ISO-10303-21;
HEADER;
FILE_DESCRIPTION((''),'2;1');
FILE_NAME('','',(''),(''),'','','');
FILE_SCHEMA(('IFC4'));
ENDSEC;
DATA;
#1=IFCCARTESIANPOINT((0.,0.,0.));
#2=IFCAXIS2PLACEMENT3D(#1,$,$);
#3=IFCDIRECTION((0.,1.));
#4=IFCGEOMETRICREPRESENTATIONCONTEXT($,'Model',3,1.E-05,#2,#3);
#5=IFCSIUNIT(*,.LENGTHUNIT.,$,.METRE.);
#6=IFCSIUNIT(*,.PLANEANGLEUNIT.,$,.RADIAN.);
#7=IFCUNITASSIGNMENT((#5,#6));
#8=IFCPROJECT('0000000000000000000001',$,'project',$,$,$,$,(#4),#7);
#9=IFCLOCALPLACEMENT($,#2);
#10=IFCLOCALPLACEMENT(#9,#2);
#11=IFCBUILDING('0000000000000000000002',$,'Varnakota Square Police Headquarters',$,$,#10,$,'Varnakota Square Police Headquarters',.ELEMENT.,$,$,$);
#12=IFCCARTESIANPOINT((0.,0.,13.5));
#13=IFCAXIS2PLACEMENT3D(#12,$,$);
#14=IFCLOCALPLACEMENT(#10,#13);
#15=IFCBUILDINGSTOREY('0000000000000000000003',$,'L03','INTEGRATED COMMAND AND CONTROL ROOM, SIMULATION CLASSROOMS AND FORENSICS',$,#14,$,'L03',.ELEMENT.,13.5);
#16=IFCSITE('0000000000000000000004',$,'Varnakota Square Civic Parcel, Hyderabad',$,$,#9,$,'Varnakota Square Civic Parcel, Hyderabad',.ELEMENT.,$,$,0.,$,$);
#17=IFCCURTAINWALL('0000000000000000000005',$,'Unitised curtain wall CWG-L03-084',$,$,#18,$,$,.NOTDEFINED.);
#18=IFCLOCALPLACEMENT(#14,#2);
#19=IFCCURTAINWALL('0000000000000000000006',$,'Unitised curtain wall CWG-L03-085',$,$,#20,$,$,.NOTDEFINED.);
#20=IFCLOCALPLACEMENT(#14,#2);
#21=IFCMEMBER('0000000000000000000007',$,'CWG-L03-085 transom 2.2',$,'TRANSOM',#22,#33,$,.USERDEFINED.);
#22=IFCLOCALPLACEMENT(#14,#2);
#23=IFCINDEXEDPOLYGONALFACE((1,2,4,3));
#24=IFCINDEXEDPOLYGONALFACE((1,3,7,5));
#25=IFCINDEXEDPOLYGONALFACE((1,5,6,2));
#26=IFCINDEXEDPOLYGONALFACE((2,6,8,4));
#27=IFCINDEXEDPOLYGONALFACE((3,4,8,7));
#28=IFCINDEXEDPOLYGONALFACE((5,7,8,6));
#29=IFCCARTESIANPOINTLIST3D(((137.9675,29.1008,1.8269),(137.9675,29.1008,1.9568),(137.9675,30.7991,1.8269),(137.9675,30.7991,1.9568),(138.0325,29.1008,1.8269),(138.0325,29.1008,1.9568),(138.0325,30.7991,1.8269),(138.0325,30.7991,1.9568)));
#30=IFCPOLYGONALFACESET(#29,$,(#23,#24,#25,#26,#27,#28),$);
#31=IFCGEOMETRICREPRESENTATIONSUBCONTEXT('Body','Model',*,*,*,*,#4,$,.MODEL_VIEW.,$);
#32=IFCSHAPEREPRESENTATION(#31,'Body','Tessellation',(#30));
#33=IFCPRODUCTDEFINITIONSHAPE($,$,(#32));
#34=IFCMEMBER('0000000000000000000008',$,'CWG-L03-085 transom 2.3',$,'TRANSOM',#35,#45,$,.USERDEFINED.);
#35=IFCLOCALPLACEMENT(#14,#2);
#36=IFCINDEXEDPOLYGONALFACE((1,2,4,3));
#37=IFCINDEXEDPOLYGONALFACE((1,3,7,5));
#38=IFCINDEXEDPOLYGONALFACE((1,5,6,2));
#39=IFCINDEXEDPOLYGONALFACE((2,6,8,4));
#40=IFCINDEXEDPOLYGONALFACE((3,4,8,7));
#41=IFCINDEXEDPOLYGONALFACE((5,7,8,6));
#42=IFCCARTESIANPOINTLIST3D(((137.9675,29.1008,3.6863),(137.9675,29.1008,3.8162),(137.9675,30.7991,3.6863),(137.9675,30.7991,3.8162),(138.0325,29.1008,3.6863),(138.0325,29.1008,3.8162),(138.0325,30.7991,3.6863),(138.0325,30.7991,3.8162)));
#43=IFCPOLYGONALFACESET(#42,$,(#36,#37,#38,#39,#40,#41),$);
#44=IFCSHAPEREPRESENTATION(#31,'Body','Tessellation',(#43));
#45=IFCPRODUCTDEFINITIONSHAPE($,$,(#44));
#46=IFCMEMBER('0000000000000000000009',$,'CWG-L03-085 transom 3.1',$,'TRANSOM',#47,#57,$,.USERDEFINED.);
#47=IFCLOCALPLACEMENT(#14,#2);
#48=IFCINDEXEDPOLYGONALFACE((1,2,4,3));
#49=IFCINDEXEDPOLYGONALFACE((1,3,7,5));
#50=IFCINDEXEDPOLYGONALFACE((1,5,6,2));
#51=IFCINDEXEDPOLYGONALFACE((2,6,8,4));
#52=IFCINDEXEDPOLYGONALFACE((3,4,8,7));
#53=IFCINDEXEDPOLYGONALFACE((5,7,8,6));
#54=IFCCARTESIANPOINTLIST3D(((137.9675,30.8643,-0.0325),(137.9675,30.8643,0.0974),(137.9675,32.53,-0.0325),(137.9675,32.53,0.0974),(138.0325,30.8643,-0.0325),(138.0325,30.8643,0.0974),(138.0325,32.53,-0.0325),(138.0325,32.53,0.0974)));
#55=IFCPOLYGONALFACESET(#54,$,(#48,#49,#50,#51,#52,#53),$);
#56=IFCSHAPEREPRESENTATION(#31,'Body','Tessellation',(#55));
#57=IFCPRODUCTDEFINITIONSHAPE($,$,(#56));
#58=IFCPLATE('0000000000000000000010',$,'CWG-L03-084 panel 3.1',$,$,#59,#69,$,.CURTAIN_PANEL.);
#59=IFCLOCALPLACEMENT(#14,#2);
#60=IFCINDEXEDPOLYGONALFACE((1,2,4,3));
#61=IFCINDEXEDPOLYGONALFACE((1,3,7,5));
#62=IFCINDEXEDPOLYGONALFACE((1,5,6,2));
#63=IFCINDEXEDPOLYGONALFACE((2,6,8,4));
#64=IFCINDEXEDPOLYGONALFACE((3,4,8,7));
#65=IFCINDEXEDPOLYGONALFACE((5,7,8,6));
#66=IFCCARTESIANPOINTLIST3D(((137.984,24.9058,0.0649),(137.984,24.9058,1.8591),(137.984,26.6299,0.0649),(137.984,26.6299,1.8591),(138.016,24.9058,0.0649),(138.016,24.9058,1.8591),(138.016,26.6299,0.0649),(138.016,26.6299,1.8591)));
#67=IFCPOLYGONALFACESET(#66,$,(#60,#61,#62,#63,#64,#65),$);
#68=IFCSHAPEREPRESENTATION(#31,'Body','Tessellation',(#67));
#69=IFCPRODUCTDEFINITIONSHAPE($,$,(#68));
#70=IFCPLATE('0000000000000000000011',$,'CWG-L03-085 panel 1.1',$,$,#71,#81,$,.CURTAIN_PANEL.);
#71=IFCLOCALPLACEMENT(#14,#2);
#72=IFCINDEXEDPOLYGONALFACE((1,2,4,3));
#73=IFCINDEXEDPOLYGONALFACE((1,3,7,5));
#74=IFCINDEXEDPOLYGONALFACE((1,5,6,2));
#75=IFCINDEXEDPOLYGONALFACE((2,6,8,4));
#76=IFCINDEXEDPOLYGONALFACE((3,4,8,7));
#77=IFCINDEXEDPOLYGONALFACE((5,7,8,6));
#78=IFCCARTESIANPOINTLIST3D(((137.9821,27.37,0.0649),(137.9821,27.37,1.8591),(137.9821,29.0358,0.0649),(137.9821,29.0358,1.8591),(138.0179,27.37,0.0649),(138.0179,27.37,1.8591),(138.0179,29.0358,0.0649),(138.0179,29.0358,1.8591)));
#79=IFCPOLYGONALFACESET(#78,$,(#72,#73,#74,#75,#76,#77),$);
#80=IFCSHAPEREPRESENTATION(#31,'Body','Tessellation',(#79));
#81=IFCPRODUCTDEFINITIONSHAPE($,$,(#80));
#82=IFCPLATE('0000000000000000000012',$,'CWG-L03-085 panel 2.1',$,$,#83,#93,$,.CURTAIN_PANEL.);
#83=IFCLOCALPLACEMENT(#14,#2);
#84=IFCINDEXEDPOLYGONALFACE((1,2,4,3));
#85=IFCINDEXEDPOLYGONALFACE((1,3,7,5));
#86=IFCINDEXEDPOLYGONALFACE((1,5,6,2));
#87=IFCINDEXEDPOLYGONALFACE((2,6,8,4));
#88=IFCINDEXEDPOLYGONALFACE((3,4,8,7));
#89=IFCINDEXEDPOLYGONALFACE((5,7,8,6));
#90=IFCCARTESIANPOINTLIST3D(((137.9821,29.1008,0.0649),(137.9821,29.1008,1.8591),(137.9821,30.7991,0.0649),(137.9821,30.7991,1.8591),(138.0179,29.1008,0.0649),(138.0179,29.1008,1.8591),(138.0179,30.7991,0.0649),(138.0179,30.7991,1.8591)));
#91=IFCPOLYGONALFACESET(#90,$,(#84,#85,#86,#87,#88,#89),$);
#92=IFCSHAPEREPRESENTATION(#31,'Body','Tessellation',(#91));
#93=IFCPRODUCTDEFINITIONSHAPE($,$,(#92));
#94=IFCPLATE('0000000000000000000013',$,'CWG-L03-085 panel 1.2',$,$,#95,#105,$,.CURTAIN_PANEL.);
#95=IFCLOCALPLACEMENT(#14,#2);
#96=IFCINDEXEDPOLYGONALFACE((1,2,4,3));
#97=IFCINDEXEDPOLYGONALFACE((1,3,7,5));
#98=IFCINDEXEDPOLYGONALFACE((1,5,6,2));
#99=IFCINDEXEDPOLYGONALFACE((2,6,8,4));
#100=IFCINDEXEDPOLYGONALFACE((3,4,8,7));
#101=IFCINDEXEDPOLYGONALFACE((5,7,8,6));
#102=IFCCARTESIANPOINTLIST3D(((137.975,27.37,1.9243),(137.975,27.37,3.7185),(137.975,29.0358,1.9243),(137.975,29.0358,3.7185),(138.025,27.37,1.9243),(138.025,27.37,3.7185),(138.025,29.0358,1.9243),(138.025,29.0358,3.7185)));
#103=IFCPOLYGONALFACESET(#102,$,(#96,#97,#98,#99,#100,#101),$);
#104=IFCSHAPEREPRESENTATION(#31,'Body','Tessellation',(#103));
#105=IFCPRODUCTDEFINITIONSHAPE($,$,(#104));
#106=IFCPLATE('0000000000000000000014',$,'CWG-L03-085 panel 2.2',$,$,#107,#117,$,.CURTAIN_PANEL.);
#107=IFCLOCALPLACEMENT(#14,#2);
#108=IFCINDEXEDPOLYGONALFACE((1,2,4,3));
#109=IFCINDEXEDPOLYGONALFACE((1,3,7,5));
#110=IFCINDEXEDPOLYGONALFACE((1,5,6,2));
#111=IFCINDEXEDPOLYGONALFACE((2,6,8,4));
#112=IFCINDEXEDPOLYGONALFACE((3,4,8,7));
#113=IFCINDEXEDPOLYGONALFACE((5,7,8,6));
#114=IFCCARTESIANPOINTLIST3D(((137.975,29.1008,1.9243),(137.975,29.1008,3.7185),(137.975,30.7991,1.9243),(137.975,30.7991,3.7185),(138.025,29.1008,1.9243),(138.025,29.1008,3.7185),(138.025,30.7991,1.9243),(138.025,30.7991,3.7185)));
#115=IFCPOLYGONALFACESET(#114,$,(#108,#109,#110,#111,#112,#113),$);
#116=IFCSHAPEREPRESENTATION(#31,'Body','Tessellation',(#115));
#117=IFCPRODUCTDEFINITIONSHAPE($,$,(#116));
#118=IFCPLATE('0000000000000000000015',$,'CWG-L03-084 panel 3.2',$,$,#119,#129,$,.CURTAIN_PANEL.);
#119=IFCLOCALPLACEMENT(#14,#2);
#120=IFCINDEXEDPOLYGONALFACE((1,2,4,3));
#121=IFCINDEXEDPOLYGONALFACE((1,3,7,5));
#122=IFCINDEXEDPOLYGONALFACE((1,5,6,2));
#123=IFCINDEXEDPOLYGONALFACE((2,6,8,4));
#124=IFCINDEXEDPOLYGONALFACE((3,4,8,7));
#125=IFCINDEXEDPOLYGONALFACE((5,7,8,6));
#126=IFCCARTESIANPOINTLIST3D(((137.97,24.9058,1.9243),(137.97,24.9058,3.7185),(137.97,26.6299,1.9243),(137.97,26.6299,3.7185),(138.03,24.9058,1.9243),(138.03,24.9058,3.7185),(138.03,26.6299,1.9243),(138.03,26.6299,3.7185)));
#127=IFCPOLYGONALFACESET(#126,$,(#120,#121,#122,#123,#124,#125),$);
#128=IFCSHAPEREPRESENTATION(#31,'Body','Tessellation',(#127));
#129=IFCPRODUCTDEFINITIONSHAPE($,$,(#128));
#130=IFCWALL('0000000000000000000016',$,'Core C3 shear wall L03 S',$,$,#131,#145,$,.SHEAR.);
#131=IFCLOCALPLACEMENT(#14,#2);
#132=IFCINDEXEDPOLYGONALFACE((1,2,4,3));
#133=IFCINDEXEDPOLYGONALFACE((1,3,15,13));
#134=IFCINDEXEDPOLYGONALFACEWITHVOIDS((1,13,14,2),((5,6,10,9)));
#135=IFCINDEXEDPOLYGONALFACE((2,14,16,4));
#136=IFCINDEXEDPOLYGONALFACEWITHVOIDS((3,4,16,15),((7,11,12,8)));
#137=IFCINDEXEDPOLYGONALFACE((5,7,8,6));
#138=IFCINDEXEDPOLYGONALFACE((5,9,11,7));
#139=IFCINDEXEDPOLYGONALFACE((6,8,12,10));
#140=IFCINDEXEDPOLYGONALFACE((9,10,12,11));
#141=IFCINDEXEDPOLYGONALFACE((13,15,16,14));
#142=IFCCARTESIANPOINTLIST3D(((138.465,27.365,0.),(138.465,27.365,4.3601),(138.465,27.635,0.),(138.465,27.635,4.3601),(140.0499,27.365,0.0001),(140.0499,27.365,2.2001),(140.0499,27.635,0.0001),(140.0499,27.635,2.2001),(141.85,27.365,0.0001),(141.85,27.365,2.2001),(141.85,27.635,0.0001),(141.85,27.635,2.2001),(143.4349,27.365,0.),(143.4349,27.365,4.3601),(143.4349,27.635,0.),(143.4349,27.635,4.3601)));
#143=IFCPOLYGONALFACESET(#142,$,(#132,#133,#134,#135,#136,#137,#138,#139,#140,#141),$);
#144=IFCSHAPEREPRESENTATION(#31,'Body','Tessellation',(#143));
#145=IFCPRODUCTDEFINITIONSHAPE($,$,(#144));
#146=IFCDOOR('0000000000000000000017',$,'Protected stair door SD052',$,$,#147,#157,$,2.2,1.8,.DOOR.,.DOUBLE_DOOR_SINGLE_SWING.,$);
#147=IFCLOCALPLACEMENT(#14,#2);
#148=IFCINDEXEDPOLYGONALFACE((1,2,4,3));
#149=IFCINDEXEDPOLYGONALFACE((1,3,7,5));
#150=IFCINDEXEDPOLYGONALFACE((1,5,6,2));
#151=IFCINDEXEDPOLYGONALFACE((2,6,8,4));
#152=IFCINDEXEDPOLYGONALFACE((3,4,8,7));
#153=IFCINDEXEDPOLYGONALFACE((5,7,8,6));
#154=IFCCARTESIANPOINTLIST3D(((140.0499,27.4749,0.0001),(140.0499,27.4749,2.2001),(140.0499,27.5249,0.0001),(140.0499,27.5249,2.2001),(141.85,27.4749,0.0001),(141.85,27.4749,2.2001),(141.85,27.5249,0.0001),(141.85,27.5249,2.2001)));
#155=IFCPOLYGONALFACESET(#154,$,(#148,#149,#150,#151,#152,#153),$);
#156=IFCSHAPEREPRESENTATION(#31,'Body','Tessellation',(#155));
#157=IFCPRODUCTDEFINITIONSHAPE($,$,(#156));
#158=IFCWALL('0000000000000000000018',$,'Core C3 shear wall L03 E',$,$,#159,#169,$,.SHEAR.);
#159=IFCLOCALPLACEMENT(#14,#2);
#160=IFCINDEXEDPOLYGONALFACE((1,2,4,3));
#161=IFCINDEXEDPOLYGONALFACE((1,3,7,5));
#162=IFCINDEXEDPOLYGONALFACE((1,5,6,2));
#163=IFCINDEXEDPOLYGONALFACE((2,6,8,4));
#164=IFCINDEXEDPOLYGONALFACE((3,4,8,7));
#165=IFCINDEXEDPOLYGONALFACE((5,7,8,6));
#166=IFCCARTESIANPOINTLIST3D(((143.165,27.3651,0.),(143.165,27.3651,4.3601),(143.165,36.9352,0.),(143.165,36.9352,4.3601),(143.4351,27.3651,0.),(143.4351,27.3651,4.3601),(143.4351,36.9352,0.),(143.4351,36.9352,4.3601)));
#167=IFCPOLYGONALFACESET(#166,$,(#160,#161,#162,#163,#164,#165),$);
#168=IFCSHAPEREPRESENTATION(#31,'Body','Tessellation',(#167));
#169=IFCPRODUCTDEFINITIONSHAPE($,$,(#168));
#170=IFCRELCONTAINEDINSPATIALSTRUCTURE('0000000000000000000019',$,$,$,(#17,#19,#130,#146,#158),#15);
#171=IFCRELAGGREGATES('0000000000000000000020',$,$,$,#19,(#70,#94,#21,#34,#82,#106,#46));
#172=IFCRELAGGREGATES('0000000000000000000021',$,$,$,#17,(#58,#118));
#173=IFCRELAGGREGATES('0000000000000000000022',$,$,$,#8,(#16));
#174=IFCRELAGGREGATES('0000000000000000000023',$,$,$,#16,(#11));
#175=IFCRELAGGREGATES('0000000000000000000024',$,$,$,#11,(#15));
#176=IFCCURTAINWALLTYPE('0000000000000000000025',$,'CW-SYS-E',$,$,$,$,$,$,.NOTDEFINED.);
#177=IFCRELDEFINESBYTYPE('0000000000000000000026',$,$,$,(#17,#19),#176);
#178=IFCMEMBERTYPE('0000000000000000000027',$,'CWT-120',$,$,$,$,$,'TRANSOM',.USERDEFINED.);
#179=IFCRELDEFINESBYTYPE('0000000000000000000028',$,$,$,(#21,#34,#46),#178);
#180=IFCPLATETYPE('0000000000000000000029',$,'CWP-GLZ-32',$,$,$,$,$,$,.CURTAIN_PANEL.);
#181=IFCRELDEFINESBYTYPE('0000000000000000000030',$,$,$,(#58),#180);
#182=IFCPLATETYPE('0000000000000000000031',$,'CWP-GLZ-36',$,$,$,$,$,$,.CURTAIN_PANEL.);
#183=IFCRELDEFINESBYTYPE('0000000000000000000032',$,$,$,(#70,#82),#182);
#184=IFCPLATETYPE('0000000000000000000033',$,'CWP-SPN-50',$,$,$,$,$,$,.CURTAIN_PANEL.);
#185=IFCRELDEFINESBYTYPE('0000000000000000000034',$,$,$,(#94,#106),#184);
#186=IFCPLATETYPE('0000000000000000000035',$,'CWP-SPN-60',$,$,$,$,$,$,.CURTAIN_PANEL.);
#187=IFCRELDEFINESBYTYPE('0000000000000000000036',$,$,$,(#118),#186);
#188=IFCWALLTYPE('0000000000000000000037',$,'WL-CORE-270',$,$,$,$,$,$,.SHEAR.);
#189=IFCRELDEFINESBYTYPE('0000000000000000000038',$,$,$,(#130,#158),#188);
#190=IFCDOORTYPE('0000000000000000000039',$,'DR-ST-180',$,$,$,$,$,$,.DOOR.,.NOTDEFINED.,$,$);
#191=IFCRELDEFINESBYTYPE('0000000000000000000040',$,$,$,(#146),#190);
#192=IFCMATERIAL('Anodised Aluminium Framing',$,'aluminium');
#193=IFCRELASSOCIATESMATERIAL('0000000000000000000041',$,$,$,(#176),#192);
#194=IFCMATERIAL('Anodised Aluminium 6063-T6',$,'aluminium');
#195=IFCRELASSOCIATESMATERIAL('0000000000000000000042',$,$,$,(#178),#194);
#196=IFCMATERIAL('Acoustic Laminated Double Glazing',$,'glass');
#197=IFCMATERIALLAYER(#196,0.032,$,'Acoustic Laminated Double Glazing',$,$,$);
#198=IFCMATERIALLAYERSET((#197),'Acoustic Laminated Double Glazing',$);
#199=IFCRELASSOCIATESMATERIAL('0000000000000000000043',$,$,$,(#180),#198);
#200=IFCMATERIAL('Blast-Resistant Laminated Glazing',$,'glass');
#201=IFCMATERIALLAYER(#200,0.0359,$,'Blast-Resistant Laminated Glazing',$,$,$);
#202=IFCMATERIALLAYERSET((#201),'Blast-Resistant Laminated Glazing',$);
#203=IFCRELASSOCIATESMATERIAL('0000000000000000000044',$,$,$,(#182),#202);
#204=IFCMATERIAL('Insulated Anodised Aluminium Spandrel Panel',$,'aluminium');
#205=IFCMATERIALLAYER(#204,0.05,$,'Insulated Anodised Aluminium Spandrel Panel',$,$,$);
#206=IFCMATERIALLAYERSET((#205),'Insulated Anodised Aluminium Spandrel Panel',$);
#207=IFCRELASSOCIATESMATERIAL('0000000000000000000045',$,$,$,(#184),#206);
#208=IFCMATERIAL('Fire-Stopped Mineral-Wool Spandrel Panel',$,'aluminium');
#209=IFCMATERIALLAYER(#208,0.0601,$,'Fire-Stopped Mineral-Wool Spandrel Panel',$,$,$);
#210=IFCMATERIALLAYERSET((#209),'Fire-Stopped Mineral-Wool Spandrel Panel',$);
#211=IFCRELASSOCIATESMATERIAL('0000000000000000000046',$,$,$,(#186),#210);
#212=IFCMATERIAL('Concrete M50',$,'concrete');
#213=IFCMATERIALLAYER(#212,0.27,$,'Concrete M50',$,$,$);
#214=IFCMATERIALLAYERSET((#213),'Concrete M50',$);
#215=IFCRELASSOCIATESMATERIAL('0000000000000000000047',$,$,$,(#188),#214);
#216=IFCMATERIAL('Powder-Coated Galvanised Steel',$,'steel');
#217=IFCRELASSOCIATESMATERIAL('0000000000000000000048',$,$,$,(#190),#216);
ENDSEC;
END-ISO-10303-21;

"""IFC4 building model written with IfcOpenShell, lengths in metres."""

from ifc_helpers import new_model, si_unit, direction, frame, frame_2d, origin, origin_2d, place, context, subcontext, project, spatial, rectangle, extrude, material, layer, layer_set, material_profile, profile_set, type_object, element, fill, aggregate, save


model = new_model("IFC4")

# Units and contexts
model_context = context("Model", 3, precision=1e-05, world=origin(), true_north=direction((0.0, 1.0)))
body_context = subcontext(model_context, "Body", "Model", "MODEL_VIEW")
ifc_project = project(units=[si_unit("LENGTHUNIT", "METRE"), si_unit("PLANEANGLEUNIT", "RADIAN")], contexts=[model_context])

# Site, building, storey
site_placement = place(None, origin())
site = spatial("IfcSite", under=ifc_project, at=site_placement, Name="Varnakota Square Civic Parcel, Hyderabad", LongName="Varnakota Square Civic Parcel, Hyderabad", CompositionType="ELEMENT", RefElevation=0.0)
building_placement = place(site_placement, origin())
building = spatial("IfcBuilding", under=site, at=building_placement, Name="Varnakota Square Police Headquarters", LongName="Varnakota Square Police Headquarters", CompositionType="ELEMENT")
storey_placement = place(building_placement, frame((0.0, 0.0, 13.5)))
storey = spatial("IfcBuildingStorey", under=building, at=storey_placement, Name="L03", Description="INTEGRATED COMMAND AND CONTROL ROOM, SIMULATION CLASSROOMS AND FORENSICS", LongName="L03", CompositionType="ELEMENT", Elevation=13.5)

# Curtain wall
ifc_material_1 = material(Name="Anodised Aluminium Framing", Category="aluminium")
curtain_wall_type = type_object("IfcCurtainWallType", Name="CW-SYS-E", PredefinedType="NOTDEFINED", material=ifc_material_1)
curtain_wall_1_placement = place(storey_placement, origin())
curtain_wall_1 = element("IfcCurtainWall", 1, at=curtain_wall_1_placement, inside=storey, type_object=curtain_wall_type, Name="Unitised curtain wall CWG-L03-084", PredefinedType="NOTDEFINED")
ifc_material_2 = material(Name="Anodised Aluminium 6063-T6", Category="aluminium")

# Curtain wall
curtain_wall_2_placement = place(storey_placement, origin())
curtain_wall_2 = element("IfcCurtainWall", 2, at=curtain_wall_2_placement, inside=storey, type_object=curtain_wall_type, Name="Unitised curtain wall CWG-L03-085", PredefinedType="NOTDEFINED")

# Members
ifc_material_profile_1 = material_profile(ifc_material_2, rectangle(XDim=0.0649, YDim=0.1299, at=origin_2d()), Name="ALU TRANSOM 65x130")
ifc_profile_set_1 = profile_set([ifc_material_profile_1], Name="Anodised Aluminium 6063-T6")
member_type_1 = type_object("IfcMemberType", Name="CWT-120", ElementType="TRANSOM", PredefinedType="USERDEFINED", material=ifc_profile_set_1)
member_1_placement = place(storey_placement, frame((138.0, 29.1008, 1.8918), z_axis=(0.0, 1.0, 0.0), x_axis=(-1.0, 0.0, 0.0)))
member_1 = element("IfcMember", 3, at=member_1_placement, type_object=member_type_1, Name="CWG-L03-085 transom 2.2", ObjectType="TRANSOM", PredefinedType="USERDEFINED", context=body_context, shape_type="SweptSolid", body=[
    extrude(rectangle(XDim=0.0649, YDim=0.1299, at=origin_2d()), origin(), (0.0, 0.0, 1.0), 1.6982),
])
member_2_placement = place(storey_placement, frame((138.0, 29.1008, 3.7512), z_axis=(0.0, 1.0, 0.0), x_axis=(-1.0, 0.0, 0.0)))
member_2 = element("IfcMember", 4, at=member_2_placement, type_object=member_type_1, Name="CWG-L03-085 transom 2.3", ObjectType="TRANSOM", PredefinedType="USERDEFINED", context=body_context, shape_type="SweptSolid", body=[
    extrude(rectangle(XDim=0.0649, YDim=0.1299, at=origin_2d()), origin(), (0.0, 0.0, 1.0), 1.6982),
])
member_3_placement = place(storey_placement, frame((138.0, 30.8643, 0.0325), z_axis=(0.0, 1.0, 0.0), x_axis=(-1.0, 0.0, 0.0)))
member_3 = element("IfcMember", 5, at=member_3_placement, type_object=member_type_1, Name="CWG-L03-085 transom 3.1", ObjectType="TRANSOM", PredefinedType="USERDEFINED", context=body_context, shape_type="SweptSolid", body=[
    extrude(rectangle(XDim=0.0649, YDim=0.1299, at=origin_2d()), origin(), (0.0, 0.0, 1.0), 1.6658),
])

# Plates
ifc_material_3 = material(Name="Acoustic Laminated Double Glazing", Category="glass")
ifc_layer_1 = layer(ifc_material_3, 0.032, Name="Acoustic Laminated Double Glazing")
ifc_layer_set_1 = layer_set([ifc_layer_1], Name="Acoustic Laminated Double Glazing")
plate_type_1 = type_object("IfcPlateType", Name="CWP-GLZ-32", PredefinedType="CURTAIN_PANEL", material=ifc_layer_set_1)
plate_1_placement = place(storey_placement, frame((138.0, 25.7678, 0.0649), z_axis=(0.0, 0.0, 1.0), x_axis=(0.0, 1.0, 0.0)))
plate_1 = element("IfcPlate", 6, at=plate_1_placement, type_object=plate_type_1, Name="CWG-L03-084 panel 3.1", PredefinedType="CURTAIN_PANEL", context=body_context, shape_type="SweptSolid", body=[
    extrude(rectangle(XDim=1.7241, YDim=0.032, at=origin_2d()), origin(), (0.0, 0.0, 1.0), 1.7942),
])
ifc_material_4 = material(Name="Blast-Resistant Laminated Glazing", Category="glass")
ifc_layer_2 = layer(ifc_material_4, 0.0359, Name="Blast-Resistant Laminated Glazing")
ifc_layer_set_2 = layer_set([ifc_layer_2], Name="Blast-Resistant Laminated Glazing")
plate_type_2 = type_object("IfcPlateType", Name="CWP-GLZ-36", PredefinedType="CURTAIN_PANEL", material=ifc_layer_set_2)
plate_2_placement = place(storey_placement, frame((138.0, 28.2029, 0.0649), z_axis=(0.0, 0.0, 1.0), x_axis=(0.0, 1.0, 0.0)))
plate_2 = element("IfcPlate", 7, at=plate_2_placement, type_object=plate_type_2, Name="CWG-L03-085 panel 1.1", PredefinedType="CURTAIN_PANEL", context=body_context, shape_type="SweptSolid", body=[
    extrude(rectangle(XDim=1.6658, YDim=0.0359, at=origin_2d()), origin(), (0.0, 0.0, 1.0), 1.7942),
])
plate_3_placement = place(storey_placement, frame((138.0, 29.95, 0.0649), z_axis=(0.0, 0.0, 1.0), x_axis=(0.0, 1.0, 0.0)))
plate_3 = element("IfcPlate", 8, at=plate_3_placement, type_object=plate_type_2, Name="CWG-L03-085 panel 2.1", PredefinedType="CURTAIN_PANEL", context=body_context, shape_type="SweptSolid", body=[
    extrude(rectangle(XDim=1.6982, YDim=0.0359, at=origin_2d()), origin(), (0.0, 0.0, 1.0), 1.7942),
])
ifc_material_5 = material(Name="Insulated Anodised Aluminium Spandrel Panel", Category="aluminium")
ifc_layer_3 = layer(ifc_material_5, 0.05, Name="Insulated Anodised Aluminium Spandrel Panel")
ifc_layer_set_3 = layer_set([ifc_layer_3], Name="Insulated Anodised Aluminium Spandrel Panel")
plate_type_3 = type_object("IfcPlateType", Name="CWP-SPN-50", PredefinedType="CURTAIN_PANEL", material=ifc_layer_set_3)
plate_4_placement = place(storey_placement, frame((138.0, 28.2029, 1.9243), z_axis=(0.0, 0.0, 1.0), x_axis=(0.0, 1.0, 0.0)))
plate_4 = element("IfcPlate", 9, at=plate_4_placement, type_object=plate_type_3, Name="CWG-L03-085 panel 1.2", PredefinedType="CURTAIN_PANEL", context=body_context, shape_type="SweptSolid", body=[
    extrude(rectangle(XDim=1.6658, YDim=0.05, at=origin_2d()), origin(), (0.0, 0.0, 1.0), 1.7942),
])
plate_5_placement = place(storey_placement, frame((138.0, 29.95, 1.9243), z_axis=(0.0, 0.0, 1.0), x_axis=(0.0, 1.0, 0.0)))
plate_5 = element("IfcPlate", 10, at=plate_5_placement, type_object=plate_type_3, Name="CWG-L03-085 panel 2.2", PredefinedType="CURTAIN_PANEL", context=body_context, shape_type="SweptSolid", body=[
    extrude(rectangle(XDim=1.6982, YDim=0.05, at=origin_2d()), origin(), (0.0, 0.0, 1.0), 1.7942),
])
aggregate(curtain_wall_2, [plate_2, plate_4, member_1, member_2, plate_3, plate_5, member_3])
ifc_material_6 = material(Name="Fire-Stopped Mineral-Wool Spandrel Panel", Category="aluminium")
ifc_layer_4 = layer(ifc_material_6, 0.0601, Name="Fire-Stopped Mineral-Wool Spandrel Panel")
ifc_layer_set_4 = layer_set([ifc_layer_4], Name="Fire-Stopped Mineral-Wool Spandrel Panel")
plate_type_4 = type_object("IfcPlateType", Name="CWP-SPN-60", PredefinedType="CURTAIN_PANEL", material=ifc_layer_set_4)
plate_6_placement = place(storey_placement, frame((138.0, 25.7678, 1.9243), z_axis=(0.0, 0.0, 1.0), x_axis=(0.0, 1.0, 0.0)))
plate_6 = element("IfcPlate", 11, at=plate_6_placement, type_object=plate_type_4, Name="CWG-L03-084 panel 3.2", PredefinedType="CURTAIN_PANEL", context=body_context, shape_type="SweptSolid", body=[
    extrude(rectangle(XDim=1.7241, YDim=0.0601, at=origin_2d()), origin(), (0.0, 0.0, 1.0), 1.7942),
])
aggregate(curtain_wall_1, [plate_1, plate_6])

# Wall, opening, door
ifc_material_7 = material(Name="Concrete M50", Category="concrete")
ifc_layer_5 = layer(ifc_material_7, 0.27, Name="Concrete M50")
ifc_layer_set_5 = layer_set([ifc_layer_5], Name="Concrete M50")
wall_type = type_object("IfcWallType", Name="WL-CORE-270", PredefinedType="SHEAR", material=ifc_layer_set_5)
wall_1_placement = place(storey_placement, frame((138.4651, 27.5, 0.0), z_axis=(0.0, 0.0, 1.0), x_axis=(1.0, 0.0, 0.0)))
wall_1 = element("IfcWall", 12, at=wall_1_placement, inside=storey, type_object=wall_type, Name="Core C3 shear wall L03 S", PredefinedType="SHEAR", context=body_context, shape_type="SweptSolid", body=[
    extrude(rectangle(XDim=4.97, YDim=0.27, at=frame_2d((2.4849, 0.0))), origin(), (0.0, 0.0, 1.0), 4.3601),
])
opening_placement = place(wall_1_placement, frame((1.585, 0.0, 0.0)))
opening = element("IfcOpeningElement", 13, at=opening_placement, cuts=wall_1, PredefinedType="OPENING", context=body_context, shape_type="SweptSolid", body=[
    extrude(rectangle(XDim=1.8, YDim=2.2, at=frame_2d((0.8999, 1.1001))), frame((0.0, 0.145, 0.0), z_axis=(0.0, -1.0, 0.0), x_axis=(1.0, 0.0, 0.0)), (0.0, 0.0, 1.0), 0.29),
])
ifc_material_8 = material(Name="Powder-Coated Galvanised Steel", Category="steel")
door_type = type_object("IfcDoorType", Name="DR-ST-180", OperationType="NOTDEFINED", PredefinedType="DOOR", material=ifc_material_8)
door_placement = place(opening_placement, origin())
door = element("IfcDoor", 14, at=door_placement, inside=storey, type_object=door_type, Name="Protected stair door SD052", OperationType="DOUBLE_DOOR_SINGLE_SWING", OverallHeight=2.2, OverallWidth=1.8, PredefinedType="DOOR", context=body_context, shape_type="SweptSolid", body=[
    extrude(rectangle(XDim=1.8, YDim=2.2, at=frame_2d((0.8999, 1.1001))), frame((0.0, 0.0249, 0.0), z_axis=(0.0, -1.0, 0.0), x_axis=(1.0, 0.0, 0.0)), (0.0, 0.0, 1.0), 0.05),
])
fill(opening, door)

# Wall
wall_2_placement = place(storey_placement, frame((143.3, 27.365, 0.0), z_axis=(0.0, 0.0, 1.0), x_axis=(0.0, 1.0, 0.0)))
element("IfcWall", 15, at=wall_2_placement, inside=storey, type_object=wall_type, Name="Core C3 shear wall L03 E", PredefinedType="SHEAR", context=body_context, shape_type="SweptSolid", body=[
    extrude(rectangle(XDim=9.5701, YDim=0.27, at=frame_2d((4.7852, 0.0))), origin(), (0.0, 0.0, 1.0), 4.3601),
])

save(model, "model.ifc")
